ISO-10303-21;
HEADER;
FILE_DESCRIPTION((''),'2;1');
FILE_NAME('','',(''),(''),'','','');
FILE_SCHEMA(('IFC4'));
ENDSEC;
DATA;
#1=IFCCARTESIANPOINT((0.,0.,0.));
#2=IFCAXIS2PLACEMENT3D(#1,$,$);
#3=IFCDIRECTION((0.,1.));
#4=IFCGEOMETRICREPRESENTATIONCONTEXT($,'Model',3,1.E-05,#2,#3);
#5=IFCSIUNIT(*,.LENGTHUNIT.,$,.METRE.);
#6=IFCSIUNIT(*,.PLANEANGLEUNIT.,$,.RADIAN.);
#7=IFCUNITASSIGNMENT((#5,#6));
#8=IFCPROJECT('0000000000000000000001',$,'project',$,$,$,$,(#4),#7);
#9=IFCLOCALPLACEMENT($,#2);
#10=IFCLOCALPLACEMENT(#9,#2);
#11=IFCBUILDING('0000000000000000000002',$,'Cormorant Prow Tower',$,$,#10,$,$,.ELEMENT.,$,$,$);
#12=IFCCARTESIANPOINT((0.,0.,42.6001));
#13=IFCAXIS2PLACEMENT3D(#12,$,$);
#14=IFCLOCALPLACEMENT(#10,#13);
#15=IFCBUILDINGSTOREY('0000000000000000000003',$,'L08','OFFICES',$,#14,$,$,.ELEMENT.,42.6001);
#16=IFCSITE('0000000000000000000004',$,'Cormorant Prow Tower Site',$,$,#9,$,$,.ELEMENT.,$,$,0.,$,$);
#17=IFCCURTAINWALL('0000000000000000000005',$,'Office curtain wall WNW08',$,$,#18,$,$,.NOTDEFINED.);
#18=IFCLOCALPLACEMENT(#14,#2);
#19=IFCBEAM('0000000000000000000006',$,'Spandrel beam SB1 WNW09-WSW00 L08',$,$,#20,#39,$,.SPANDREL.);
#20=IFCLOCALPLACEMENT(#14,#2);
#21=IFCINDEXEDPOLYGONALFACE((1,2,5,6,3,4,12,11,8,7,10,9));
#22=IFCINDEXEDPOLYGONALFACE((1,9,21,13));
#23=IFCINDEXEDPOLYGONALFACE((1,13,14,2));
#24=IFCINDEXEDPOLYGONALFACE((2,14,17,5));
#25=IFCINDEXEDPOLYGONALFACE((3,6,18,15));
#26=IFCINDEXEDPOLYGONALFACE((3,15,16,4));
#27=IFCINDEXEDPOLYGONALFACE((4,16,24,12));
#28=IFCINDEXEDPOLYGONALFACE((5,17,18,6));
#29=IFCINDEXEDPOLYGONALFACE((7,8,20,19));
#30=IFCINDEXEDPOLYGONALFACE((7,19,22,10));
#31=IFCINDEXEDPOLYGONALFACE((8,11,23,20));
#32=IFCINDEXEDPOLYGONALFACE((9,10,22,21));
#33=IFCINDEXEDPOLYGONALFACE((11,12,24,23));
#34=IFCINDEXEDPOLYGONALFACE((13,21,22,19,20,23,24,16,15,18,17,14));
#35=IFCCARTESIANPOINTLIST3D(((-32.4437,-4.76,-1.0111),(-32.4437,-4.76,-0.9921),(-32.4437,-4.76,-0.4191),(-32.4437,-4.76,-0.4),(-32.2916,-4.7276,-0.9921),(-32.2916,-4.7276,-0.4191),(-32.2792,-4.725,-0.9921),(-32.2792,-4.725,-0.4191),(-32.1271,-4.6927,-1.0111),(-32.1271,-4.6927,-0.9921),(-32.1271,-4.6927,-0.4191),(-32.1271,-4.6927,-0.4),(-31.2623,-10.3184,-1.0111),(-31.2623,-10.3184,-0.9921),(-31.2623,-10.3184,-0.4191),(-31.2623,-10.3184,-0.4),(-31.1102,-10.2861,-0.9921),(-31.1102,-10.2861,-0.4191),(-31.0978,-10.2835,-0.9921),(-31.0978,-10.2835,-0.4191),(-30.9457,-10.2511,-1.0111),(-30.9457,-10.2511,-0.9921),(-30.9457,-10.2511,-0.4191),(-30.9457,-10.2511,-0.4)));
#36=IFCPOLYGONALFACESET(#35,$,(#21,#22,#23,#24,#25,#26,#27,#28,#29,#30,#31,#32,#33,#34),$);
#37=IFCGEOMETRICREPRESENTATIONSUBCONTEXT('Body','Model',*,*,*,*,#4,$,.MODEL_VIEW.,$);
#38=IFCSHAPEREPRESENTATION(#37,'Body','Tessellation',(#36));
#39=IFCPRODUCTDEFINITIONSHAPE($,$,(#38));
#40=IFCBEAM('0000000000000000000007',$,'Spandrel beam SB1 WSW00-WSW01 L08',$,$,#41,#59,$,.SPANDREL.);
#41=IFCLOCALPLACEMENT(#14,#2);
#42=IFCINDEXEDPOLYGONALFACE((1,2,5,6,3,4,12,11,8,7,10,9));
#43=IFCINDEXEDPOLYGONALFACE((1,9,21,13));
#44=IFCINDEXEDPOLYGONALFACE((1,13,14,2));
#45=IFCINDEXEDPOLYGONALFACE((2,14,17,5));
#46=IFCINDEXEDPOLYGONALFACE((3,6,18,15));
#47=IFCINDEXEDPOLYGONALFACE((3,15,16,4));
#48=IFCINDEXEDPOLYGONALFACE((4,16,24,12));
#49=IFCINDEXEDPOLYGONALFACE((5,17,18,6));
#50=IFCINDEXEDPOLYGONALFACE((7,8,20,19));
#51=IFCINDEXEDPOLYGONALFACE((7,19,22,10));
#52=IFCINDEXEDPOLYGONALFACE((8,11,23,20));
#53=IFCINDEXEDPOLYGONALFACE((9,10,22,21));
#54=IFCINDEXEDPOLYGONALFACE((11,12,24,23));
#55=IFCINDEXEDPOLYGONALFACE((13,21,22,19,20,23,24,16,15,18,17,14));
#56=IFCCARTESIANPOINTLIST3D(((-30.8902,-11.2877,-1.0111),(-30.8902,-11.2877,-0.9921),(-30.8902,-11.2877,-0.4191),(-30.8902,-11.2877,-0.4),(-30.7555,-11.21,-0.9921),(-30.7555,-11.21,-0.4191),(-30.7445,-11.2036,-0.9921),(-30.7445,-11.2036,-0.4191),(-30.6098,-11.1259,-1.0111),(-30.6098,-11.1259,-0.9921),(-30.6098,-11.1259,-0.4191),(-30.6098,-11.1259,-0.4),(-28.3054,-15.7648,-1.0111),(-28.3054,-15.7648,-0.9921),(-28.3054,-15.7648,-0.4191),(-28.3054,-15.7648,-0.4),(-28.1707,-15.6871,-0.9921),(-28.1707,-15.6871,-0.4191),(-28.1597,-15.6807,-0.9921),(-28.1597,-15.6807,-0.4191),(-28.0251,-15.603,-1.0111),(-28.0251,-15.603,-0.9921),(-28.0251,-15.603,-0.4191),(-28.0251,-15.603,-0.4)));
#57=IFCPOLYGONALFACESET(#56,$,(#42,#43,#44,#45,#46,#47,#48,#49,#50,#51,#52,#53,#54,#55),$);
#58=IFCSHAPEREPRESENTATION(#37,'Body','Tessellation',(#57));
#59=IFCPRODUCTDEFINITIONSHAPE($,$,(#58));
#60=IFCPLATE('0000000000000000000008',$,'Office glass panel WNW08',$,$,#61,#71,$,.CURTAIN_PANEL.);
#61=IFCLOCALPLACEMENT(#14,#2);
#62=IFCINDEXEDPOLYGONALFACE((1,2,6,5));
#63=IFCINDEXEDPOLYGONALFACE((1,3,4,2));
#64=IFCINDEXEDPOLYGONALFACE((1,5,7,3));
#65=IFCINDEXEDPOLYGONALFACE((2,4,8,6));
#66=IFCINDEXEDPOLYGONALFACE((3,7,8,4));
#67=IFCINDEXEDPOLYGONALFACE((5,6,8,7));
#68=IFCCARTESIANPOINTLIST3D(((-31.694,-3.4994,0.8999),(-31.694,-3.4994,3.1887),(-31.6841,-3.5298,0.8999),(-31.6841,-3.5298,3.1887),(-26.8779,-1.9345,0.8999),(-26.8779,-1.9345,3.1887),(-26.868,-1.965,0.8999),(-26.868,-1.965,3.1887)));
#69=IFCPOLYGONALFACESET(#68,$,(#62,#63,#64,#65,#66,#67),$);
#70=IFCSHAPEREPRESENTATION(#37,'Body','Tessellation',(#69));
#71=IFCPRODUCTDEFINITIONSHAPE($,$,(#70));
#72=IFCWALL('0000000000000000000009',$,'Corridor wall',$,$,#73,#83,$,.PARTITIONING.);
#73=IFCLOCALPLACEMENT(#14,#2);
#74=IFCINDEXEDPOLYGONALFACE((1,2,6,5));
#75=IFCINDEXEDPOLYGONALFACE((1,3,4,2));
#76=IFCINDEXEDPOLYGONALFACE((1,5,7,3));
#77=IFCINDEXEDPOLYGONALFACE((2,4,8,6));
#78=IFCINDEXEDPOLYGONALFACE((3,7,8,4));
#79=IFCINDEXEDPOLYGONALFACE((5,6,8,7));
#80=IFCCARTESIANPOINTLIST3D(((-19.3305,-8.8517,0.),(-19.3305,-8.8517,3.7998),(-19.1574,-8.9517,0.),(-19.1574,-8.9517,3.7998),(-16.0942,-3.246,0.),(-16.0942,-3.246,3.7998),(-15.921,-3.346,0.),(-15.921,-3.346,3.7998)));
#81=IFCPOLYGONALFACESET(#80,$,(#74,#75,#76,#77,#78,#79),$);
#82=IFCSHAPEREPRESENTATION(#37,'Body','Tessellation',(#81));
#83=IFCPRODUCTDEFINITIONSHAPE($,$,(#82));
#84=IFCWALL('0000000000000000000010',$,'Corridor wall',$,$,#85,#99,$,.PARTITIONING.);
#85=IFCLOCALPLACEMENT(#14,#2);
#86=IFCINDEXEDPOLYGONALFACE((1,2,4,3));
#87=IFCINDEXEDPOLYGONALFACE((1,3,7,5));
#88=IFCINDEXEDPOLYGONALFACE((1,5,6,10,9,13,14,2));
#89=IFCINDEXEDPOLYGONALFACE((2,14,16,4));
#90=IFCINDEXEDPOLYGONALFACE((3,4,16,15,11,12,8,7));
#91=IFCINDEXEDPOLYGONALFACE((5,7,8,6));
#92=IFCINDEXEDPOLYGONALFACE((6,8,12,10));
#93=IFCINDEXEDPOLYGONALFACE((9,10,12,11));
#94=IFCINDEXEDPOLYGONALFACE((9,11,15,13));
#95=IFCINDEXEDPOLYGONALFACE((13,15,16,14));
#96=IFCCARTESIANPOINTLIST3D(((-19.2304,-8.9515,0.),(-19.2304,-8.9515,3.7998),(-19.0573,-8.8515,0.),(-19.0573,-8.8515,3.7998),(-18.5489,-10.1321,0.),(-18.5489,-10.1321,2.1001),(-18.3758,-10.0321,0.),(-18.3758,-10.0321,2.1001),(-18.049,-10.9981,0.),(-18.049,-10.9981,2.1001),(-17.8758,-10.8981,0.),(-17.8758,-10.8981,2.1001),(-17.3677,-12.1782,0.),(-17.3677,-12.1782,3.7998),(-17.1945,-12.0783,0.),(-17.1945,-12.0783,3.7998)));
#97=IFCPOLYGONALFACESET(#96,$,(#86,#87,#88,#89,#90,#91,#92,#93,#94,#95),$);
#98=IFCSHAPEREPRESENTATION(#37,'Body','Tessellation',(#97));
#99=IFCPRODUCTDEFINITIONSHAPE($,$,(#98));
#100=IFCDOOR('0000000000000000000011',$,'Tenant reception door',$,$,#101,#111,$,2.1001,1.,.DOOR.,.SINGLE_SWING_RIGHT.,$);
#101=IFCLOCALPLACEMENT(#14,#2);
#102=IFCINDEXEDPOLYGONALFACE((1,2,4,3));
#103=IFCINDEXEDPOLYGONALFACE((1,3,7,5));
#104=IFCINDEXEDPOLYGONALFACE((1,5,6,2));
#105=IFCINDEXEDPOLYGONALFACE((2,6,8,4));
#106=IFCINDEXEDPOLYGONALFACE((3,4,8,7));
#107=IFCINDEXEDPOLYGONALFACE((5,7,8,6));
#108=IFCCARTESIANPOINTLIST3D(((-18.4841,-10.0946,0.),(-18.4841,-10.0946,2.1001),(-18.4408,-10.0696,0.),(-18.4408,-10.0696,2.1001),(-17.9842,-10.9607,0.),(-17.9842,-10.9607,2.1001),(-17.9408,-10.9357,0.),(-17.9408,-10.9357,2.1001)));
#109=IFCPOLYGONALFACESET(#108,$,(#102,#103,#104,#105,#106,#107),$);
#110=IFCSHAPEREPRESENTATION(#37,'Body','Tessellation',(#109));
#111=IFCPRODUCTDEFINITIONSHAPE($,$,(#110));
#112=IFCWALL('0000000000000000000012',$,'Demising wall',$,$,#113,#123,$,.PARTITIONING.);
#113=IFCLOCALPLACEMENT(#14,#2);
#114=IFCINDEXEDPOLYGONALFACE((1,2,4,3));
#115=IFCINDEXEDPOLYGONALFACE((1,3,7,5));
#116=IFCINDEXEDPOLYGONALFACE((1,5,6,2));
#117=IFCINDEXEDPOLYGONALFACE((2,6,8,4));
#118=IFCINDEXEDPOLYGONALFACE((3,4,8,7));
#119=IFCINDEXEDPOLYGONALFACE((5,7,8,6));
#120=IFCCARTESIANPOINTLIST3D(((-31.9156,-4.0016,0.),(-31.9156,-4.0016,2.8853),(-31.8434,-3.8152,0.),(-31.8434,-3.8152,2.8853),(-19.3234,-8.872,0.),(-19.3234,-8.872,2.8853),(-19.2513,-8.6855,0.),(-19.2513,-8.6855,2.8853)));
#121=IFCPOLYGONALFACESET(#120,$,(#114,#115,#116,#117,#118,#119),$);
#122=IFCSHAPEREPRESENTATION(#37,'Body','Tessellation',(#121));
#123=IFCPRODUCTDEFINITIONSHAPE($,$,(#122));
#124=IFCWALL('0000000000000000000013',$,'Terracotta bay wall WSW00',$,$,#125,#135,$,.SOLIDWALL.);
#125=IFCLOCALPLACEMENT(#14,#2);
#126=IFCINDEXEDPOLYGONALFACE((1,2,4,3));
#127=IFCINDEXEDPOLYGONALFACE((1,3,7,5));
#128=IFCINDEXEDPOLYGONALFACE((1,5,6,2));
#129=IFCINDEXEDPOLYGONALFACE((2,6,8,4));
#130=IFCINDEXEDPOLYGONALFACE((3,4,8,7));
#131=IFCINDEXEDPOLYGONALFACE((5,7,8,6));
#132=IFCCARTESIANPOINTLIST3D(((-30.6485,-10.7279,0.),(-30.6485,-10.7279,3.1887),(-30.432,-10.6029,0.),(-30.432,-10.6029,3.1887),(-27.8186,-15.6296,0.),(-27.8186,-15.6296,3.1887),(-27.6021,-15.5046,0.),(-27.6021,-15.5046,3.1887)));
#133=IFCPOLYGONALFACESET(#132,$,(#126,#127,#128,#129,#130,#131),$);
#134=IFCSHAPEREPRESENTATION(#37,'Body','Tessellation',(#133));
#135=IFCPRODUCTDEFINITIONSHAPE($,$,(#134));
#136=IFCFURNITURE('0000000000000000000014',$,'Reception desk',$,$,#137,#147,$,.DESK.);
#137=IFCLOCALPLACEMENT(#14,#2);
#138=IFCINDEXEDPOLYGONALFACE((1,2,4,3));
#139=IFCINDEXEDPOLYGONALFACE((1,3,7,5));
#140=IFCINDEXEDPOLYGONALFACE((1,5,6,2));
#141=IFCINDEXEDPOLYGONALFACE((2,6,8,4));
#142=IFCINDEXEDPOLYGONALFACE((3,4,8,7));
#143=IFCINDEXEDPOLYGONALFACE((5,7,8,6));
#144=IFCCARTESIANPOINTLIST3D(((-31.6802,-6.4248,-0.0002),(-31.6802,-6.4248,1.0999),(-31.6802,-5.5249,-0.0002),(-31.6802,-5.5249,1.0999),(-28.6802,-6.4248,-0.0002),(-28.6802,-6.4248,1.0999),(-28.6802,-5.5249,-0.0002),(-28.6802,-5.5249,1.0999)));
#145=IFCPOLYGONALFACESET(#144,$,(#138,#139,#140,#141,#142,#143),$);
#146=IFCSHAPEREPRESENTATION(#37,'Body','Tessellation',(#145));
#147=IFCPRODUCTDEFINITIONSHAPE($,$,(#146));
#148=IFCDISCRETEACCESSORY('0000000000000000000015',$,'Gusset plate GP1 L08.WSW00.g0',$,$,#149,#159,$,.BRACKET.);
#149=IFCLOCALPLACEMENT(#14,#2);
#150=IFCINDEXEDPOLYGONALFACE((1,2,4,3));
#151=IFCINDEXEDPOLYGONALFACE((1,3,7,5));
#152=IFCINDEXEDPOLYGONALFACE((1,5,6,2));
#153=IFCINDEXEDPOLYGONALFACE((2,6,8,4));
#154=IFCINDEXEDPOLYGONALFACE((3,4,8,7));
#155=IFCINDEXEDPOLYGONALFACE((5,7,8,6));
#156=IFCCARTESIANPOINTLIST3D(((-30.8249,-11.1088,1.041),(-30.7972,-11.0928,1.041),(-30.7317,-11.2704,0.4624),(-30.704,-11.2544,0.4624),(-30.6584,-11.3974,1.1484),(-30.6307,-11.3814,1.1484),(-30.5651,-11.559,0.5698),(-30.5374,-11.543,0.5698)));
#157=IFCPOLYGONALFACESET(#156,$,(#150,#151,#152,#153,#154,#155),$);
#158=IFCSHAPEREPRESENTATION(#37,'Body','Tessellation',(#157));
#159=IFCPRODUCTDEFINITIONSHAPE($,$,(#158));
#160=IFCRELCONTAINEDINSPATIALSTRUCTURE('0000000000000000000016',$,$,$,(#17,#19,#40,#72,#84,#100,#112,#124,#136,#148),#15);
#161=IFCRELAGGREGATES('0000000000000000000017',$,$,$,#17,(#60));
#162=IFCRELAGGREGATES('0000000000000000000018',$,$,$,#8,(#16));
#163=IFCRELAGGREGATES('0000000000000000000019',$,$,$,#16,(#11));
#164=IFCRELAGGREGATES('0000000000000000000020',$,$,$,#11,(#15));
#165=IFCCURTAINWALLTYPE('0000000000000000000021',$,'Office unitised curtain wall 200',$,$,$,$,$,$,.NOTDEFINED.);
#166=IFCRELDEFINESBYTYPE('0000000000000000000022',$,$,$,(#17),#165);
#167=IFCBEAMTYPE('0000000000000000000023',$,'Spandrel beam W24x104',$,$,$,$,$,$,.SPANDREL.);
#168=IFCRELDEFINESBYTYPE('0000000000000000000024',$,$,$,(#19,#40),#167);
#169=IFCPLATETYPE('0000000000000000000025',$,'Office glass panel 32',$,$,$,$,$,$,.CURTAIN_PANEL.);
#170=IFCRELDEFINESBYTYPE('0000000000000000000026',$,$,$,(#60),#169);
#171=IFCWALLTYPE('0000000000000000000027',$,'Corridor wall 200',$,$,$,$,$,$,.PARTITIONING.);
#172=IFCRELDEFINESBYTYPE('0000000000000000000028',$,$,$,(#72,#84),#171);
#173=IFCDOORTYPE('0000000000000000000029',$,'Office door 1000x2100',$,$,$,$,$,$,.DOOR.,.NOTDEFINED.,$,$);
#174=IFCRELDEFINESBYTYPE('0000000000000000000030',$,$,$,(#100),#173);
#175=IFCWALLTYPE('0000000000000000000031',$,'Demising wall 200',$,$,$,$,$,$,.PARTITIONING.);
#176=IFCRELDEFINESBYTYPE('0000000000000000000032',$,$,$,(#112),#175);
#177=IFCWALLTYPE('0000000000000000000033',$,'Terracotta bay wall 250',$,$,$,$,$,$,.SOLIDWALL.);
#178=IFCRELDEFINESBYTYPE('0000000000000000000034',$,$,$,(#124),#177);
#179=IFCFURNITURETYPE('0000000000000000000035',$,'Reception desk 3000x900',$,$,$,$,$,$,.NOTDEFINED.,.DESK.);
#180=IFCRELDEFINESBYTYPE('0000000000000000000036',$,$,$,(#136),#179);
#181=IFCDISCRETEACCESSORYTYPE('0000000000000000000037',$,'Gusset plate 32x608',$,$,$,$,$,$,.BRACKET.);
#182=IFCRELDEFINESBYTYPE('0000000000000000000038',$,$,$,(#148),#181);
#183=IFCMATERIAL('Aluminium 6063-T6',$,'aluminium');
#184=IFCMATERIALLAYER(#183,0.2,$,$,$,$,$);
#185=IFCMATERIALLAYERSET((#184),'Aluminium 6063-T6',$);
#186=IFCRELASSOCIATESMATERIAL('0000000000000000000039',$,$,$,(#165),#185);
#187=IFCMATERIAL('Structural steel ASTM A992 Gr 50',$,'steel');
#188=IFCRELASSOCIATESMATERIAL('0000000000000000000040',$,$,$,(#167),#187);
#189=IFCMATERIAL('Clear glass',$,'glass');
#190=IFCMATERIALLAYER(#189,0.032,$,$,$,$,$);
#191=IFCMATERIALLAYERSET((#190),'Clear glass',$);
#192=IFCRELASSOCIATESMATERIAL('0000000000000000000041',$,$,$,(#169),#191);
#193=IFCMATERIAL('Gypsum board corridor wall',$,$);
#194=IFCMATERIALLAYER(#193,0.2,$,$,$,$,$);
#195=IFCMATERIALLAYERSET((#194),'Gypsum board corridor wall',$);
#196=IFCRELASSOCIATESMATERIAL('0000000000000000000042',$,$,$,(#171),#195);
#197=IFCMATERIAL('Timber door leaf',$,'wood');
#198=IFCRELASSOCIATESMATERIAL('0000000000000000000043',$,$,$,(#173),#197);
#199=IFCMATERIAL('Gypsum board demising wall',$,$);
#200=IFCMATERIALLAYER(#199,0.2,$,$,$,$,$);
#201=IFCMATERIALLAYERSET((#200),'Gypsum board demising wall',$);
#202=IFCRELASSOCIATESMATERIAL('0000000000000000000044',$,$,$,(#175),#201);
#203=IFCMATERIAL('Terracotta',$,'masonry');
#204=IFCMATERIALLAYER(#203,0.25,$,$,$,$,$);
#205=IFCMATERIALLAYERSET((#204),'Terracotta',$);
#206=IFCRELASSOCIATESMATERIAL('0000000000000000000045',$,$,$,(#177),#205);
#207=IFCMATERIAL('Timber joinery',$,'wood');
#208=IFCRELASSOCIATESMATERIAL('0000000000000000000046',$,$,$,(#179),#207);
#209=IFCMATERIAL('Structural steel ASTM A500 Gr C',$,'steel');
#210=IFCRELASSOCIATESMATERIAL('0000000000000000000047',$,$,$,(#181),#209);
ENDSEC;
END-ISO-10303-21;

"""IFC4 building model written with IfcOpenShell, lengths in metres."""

from ifc_helpers import new_model, si_unit, direction, frame, frame_2d, origin, origin_2d, place, context, subcontext, project, spatial, rectangle, i_section, extrude, material, layer, layer_set, material_profile, profile_set, type_object, element, fill, aggregate, save


model = new_model("IFC4")

# Units and contexts
model_context = context("Model", 3, precision=1e-05, world=origin(), true_north=direction((0.0, 1.0)))
body_context = subcontext(model_context, "Body", "Model", "MODEL_VIEW")
ifc_project = project(units=[si_unit("LENGTHUNIT", "METRE"), si_unit("PLANEANGLEUNIT", "RADIAN")], contexts=[model_context])

# Site, building, storey
site_placement = place(None, origin())
site = spatial("IfcSite", under=ifc_project, at=site_placement, Name="Cormorant Prow Tower Site", CompositionType="ELEMENT", RefElevation=0.0)
building_placement = place(site_placement, origin())
building = spatial("IfcBuilding", under=site, at=building_placement, Name="Cormorant Prow Tower", CompositionType="ELEMENT")
storey_placement = place(building_placement, frame((0.0, 0.0, 42.6001)))
storey = spatial("IfcBuildingStorey", under=building, at=storey_placement, Name="L08", Description="OFFICES", CompositionType="ELEMENT", Elevation=42.6001)

# Curtain wall
ifc_material_1 = material(Name="Aluminium 6063-T6", Category="aluminium")
ifc_layer_1 = layer(ifc_material_1, 0.2)
ifc_layer_set_1 = layer_set([ifc_layer_1], Name="Aluminium 6063-T6")
curtain_wall_type = type_object("IfcCurtainWallType", Name="Office unitised curtain wall 200", PredefinedType="NOTDEFINED", material=ifc_layer_set_1)
curtain_wall_placement = place(storey_placement, origin())
curtain_wall = element("IfcCurtainWall", 1, at=curtain_wall_placement, inside=storey, type_object=curtain_wall_type, Name="Office curtain wall WNW08", PredefinedType="NOTDEFINED")

# Beams
ifc_material_2 = material(Name="Structural steel ASTM A992 Gr 50", Category="steel")
ifc_material_profile_1 = material_profile(ifc_material_2, i_section(OverallWidth=0.3237, OverallDepth=0.6111, WebThickness=0.0127, FlangeThickness=0.019, at=origin_2d()), Name="W24x104")
ifc_profile_set_1 = profile_set([ifc_material_profile_1], Name="Structural steel ASTM A992 Gr 50")
beam_type_1 = type_object("IfcBeamType", Name="Spandrel beam W24x104", PredefinedType="SPANDREL", material=ifc_profile_set_1)
beam_1_placement = place(storey_placement, frame((-32.2854, -4.7263, -0.7056), z_axis=(0.2079, -0.97815, 0.0), x_axis=(0.97815, 0.2079, 0.0)))
element("IfcBeam", 2, at=beam_1_placement, inside=storey, type_object=beam_type_1, Name="Spandrel beam SB1 WNW09-WSW00 L08", PredefinedType="SPANDREL", context=body_context, shape_type="SweptSolid", body=[
    extrude(i_section(OverallWidth=0.3237, OverallDepth=0.6111, WebThickness=0.0127, FlangeThickness=0.019, at=origin_2d()), origin(), (0.0, 0.0, 1.0), 5.6826),
])
beam_2_placement = place(storey_placement, frame((-30.75, -11.2068, -0.7056), z_axis=(0.499984, -0.866035, 0.0), x_axis=(0.866035, 0.499984, 0.0)))
element("IfcBeam", 3, at=beam_2_placement, inside=storey, type_object=beam_type_1, Name="Spandrel beam SB1 WSW00-WSW01 L08", PredefinedType="SPANDREL", context=body_context, shape_type="SweptSolid", body=[
    extrude(i_section(OverallWidth=0.3237, OverallDepth=0.6111, WebThickness=0.0127, FlangeThickness=0.019, at=origin_2d()), origin(), (0.0, 0.0, 1.0), 5.1697),
])

# Plate
ifc_material_3 = material(Name="Clear glass", Category="glass")
ifc_layer_2 = layer(ifc_material_3, 0.032)
ifc_layer_set_2 = layer_set([ifc_layer_2], Name="Clear glass")
plate_type = type_object("IfcPlateType", Name="Office glass panel 32", PredefinedType="CURTAIN_PANEL", material=ifc_layer_set_2)
plate_placement = place(storey_placement, frame((-29.281, -2.7322, 0.8999), z_axis=(0.0, 0.0, 1.0), x_axis=(-0.951057, -0.309017, 0.0)))
plate = element("IfcPlate", 4, at=plate_placement, type_object=plate_type, Name="Office glass panel WNW08", PredefinedType="CURTAIN_PANEL", context=body_context, shape_type="SweptSolid", body=[
    extrude(rectangle(XDim=5.064, YDim=0.032, at=origin_2d()), origin(), (0.0, 0.0, 1.0), 2.2888),
])
aggregate(curtain_wall, [plate])

# Wall
ifc_material_4 = material(Name="Gypsum board corridor wall")
ifc_layer_3 = layer(ifc_material_4, 0.2)
ifc_layer_set_3 = layer_set([ifc_layer_3], Name="Gypsum board corridor wall")
wall_type_1 = type_object("IfcWallType", Name="Corridor wall 200", PredefinedType="PARTITIONING", material=ifc_layer_set_3)
wall_1_placement = place(storey_placement, frame((-19.2439, -8.9016, 0.0), z_axis=(0.0, 0.0, 1.0), x_axis=(0.499985, 0.866034, 0.0)))
element("IfcWall", 5, at=wall_1_placement, inside=storey, type_object=wall_type_1, Name="Corridor wall", PredefinedType="PARTITIONING", context=body_context, shape_type="SweptSolid", body=[
    extrude(rectangle(XDim=6.4729, YDim=0.2, at=frame_2d((3.2363, 0.0))), origin(), (0.0, 0.0, 1.0), 3.7998),
])

# Wall, opening, door
wall_2_placement = place(storey_placement, frame((-19.1438, -8.9016, 0.0), z_axis=(0.0, 0.0, 1.0), x_axis=(0.499959, -0.866049, 0.0)))
wall_2 = element("IfcWall", 6, at=wall_2_placement, inside=storey, type_object=wall_type_1, Name="Corridor wall", PredefinedType="PARTITIONING", context=body_context, shape_type="SweptSolid", body=[
    extrude(rectangle(XDim=3.7258, YDim=0.2, at=frame_2d((1.8628, 0.0))), origin(), (0.0, 0.0, 1.0), 3.7998),
])
opening_1_placement = place(wall_2_placement, frame((1.363, 0.0, 0.0)))
opening_1 = element("IfcOpeningElement", 7, at=opening_1_placement, cuts=wall_2, PredefinedType="OPENING", context=body_context, shape_type="SweptSolid", body=[
    extrude(rectangle(XDim=1.0, YDim=2.1001, at=frame_2d((0.5, 1.05))), frame((0.0, 0.1099, 0.0), z_axis=(0.0, -1.0, 0.0), x_axis=(1.0, 0.0, 0.0)), (0.0, 0.0, 1.0), 0.22),
])
ifc_material_5 = material(Name="Timber door leaf", Category="wood")
door_type_1 = type_object("IfcDoorType", Name="Office door 1000x2100", OperationType="NOTDEFINED", PredefinedType="DOOR", material=ifc_material_5)
door_1_placement = place(opening_1_placement, origin())
door_1 = element("IfcDoor", 8, at=door_1_placement, inside=storey, type_object=door_type_1, Name="Tenant reception door", OperationType="SINGLE_SWING_RIGHT", OverallHeight=2.1001, OverallWidth=1.0, PredefinedType="DOOR", context=body_context, shape_type="SweptSolid", body=[
    extrude(rectangle(XDim=1.0, YDim=2.1001, at=frame_2d((0.5, 1.05))), frame((0.0, 0.0249, 0.0), z_axis=(0.0, -1.0, 0.0), x_axis=(1.0, 0.0, 0.0)), (0.0, 0.0, 1.0), 0.05),
])
fill(opening_1, door_1)

# Walls
ifc_material_6 = material(Name="Gypsum board demising wall")
ifc_layer_4 = layer(ifc_material_6, 0.2)
ifc_layer_set_4 = layer_set([ifc_layer_4], Name="Gypsum board demising wall")
wall_type_2 = type_object("IfcWallType", Name="Demising wall 200", PredefinedType="PARTITIONING", material=ifc_layer_set_4)
wall_3_placement = place(storey_placement, frame((-31.8794, -3.9084, 0.0), z_axis=(0.0, 0.0, 1.0), x_axis=(0.93267, -0.360732, 0.0)))
element("IfcWall", 9, at=wall_3_placement, inside=storey, type_object=wall_type_2, Name="Demising wall", PredefinedType="PARTITIONING", context=body_context, shape_type="SweptSolid", body=[
    extrude(rectangle(XDim=13.5012, YDim=0.2, at=frame_2d((6.7505, 0.0))), origin(), (0.0, 0.0, 1.0), 2.8853),
])
ifc_material_7 = material(Name="Terracotta", Category="masonry")
ifc_layer_5 = layer(ifc_material_7, 0.25)
ifc_layer_set_5 = layer_set([ifc_layer_5], Name="Terracotta")
wall_type_3 = type_object("IfcWallType", Name="Terracotta bay wall 250", PredefinedType="SOLIDWALL", material=ifc_layer_set_5)
wall_4_placement = place(storey_placement, frame((-30.5403, -10.6653, 0.0), z_axis=(0.0, 0.0, 1.0), x_axis=(0.499985, -0.866034, 0.0)))
element("IfcWall", 10, at=wall_4_placement, inside=storey, type_object=wall_type_3, Name="Terracotta bay wall WSW00", PredefinedType="SOLIDWALL", context=body_context, shape_type="SweptSolid", body=[
    extrude(rectangle(XDim=5.6599, YDim=0.25, at=frame_2d((2.8301, 0.0))), origin(), (0.0, 0.0, 1.0), 3.1887),
])

# Furniture
ifc_material_8 = material(Name="Timber joinery", Category="wood")
furniture_type = type_object("IfcFurnitureType", Name="Reception desk 3000x900", AssemblyPlace="NOTDEFINED", PredefinedType="DESK", material=ifc_material_8)
furniture_placement = place(storey_placement, frame((-30.1802, -5.9749, -0.0002), z_axis=(0.0, 0.0, 1.0), x_axis=(1.0, 0.0, 0.0)))
element("IfcFurniture", 11, at=furniture_placement, inside=storey, type_object=furniture_type, Name="Reception desk", PredefinedType="DESK", context=body_context, shape_type="SweptSolid", body=[
    extrude(rectangle(XDim=3.0, YDim=0.8999, at=origin_2d()), origin(), (0.0, 0.0, 1.0), 1.1001),
])

# Discrete accessory
ifc_material_9 = material(Name="Structural steel ASTM A500 Gr C", Category="steel")
ifc_material_profile_2 = material_profile(ifc_material_9, rectangle(XDim=0.032, YDim=0.6079, at=origin_2d()), Name="Gusset plate 32x608")
ifc_profile_set_2 = profile_set([ifc_material_profile_2], Name="Structural steel ASTM A500 Gr C")
discrete_accessory_type = type_object("IfcDiscreteAccessoryType", Name="Gusset plate 32x608", PredefinedType="BRACKET", material=ifc_profile_set_2)
discrete_accessory_placement = place(storey_placement, frame((-30.5979, -11.4702, 0.8591), z_axis=(-0.475652, 0.82437, -0.306872), x_axis=(-0.866161, -0.499765, 0.0)))
element("IfcDiscreteAccessory", 12, at=discrete_accessory_placement, inside=storey, type_object=discrete_accessory_type, Name="Gusset plate GP1 L08.WSW00.g0", PredefinedType="BRACKET", context=body_context, shape_type="SweptSolid", body=[
    extrude(rectangle(XDim=0.032, YDim=0.6079, at=origin_2d()), origin(), (0.0, 0.0, 1.0), 0.3501),
])

save(model, "model.ifc")
